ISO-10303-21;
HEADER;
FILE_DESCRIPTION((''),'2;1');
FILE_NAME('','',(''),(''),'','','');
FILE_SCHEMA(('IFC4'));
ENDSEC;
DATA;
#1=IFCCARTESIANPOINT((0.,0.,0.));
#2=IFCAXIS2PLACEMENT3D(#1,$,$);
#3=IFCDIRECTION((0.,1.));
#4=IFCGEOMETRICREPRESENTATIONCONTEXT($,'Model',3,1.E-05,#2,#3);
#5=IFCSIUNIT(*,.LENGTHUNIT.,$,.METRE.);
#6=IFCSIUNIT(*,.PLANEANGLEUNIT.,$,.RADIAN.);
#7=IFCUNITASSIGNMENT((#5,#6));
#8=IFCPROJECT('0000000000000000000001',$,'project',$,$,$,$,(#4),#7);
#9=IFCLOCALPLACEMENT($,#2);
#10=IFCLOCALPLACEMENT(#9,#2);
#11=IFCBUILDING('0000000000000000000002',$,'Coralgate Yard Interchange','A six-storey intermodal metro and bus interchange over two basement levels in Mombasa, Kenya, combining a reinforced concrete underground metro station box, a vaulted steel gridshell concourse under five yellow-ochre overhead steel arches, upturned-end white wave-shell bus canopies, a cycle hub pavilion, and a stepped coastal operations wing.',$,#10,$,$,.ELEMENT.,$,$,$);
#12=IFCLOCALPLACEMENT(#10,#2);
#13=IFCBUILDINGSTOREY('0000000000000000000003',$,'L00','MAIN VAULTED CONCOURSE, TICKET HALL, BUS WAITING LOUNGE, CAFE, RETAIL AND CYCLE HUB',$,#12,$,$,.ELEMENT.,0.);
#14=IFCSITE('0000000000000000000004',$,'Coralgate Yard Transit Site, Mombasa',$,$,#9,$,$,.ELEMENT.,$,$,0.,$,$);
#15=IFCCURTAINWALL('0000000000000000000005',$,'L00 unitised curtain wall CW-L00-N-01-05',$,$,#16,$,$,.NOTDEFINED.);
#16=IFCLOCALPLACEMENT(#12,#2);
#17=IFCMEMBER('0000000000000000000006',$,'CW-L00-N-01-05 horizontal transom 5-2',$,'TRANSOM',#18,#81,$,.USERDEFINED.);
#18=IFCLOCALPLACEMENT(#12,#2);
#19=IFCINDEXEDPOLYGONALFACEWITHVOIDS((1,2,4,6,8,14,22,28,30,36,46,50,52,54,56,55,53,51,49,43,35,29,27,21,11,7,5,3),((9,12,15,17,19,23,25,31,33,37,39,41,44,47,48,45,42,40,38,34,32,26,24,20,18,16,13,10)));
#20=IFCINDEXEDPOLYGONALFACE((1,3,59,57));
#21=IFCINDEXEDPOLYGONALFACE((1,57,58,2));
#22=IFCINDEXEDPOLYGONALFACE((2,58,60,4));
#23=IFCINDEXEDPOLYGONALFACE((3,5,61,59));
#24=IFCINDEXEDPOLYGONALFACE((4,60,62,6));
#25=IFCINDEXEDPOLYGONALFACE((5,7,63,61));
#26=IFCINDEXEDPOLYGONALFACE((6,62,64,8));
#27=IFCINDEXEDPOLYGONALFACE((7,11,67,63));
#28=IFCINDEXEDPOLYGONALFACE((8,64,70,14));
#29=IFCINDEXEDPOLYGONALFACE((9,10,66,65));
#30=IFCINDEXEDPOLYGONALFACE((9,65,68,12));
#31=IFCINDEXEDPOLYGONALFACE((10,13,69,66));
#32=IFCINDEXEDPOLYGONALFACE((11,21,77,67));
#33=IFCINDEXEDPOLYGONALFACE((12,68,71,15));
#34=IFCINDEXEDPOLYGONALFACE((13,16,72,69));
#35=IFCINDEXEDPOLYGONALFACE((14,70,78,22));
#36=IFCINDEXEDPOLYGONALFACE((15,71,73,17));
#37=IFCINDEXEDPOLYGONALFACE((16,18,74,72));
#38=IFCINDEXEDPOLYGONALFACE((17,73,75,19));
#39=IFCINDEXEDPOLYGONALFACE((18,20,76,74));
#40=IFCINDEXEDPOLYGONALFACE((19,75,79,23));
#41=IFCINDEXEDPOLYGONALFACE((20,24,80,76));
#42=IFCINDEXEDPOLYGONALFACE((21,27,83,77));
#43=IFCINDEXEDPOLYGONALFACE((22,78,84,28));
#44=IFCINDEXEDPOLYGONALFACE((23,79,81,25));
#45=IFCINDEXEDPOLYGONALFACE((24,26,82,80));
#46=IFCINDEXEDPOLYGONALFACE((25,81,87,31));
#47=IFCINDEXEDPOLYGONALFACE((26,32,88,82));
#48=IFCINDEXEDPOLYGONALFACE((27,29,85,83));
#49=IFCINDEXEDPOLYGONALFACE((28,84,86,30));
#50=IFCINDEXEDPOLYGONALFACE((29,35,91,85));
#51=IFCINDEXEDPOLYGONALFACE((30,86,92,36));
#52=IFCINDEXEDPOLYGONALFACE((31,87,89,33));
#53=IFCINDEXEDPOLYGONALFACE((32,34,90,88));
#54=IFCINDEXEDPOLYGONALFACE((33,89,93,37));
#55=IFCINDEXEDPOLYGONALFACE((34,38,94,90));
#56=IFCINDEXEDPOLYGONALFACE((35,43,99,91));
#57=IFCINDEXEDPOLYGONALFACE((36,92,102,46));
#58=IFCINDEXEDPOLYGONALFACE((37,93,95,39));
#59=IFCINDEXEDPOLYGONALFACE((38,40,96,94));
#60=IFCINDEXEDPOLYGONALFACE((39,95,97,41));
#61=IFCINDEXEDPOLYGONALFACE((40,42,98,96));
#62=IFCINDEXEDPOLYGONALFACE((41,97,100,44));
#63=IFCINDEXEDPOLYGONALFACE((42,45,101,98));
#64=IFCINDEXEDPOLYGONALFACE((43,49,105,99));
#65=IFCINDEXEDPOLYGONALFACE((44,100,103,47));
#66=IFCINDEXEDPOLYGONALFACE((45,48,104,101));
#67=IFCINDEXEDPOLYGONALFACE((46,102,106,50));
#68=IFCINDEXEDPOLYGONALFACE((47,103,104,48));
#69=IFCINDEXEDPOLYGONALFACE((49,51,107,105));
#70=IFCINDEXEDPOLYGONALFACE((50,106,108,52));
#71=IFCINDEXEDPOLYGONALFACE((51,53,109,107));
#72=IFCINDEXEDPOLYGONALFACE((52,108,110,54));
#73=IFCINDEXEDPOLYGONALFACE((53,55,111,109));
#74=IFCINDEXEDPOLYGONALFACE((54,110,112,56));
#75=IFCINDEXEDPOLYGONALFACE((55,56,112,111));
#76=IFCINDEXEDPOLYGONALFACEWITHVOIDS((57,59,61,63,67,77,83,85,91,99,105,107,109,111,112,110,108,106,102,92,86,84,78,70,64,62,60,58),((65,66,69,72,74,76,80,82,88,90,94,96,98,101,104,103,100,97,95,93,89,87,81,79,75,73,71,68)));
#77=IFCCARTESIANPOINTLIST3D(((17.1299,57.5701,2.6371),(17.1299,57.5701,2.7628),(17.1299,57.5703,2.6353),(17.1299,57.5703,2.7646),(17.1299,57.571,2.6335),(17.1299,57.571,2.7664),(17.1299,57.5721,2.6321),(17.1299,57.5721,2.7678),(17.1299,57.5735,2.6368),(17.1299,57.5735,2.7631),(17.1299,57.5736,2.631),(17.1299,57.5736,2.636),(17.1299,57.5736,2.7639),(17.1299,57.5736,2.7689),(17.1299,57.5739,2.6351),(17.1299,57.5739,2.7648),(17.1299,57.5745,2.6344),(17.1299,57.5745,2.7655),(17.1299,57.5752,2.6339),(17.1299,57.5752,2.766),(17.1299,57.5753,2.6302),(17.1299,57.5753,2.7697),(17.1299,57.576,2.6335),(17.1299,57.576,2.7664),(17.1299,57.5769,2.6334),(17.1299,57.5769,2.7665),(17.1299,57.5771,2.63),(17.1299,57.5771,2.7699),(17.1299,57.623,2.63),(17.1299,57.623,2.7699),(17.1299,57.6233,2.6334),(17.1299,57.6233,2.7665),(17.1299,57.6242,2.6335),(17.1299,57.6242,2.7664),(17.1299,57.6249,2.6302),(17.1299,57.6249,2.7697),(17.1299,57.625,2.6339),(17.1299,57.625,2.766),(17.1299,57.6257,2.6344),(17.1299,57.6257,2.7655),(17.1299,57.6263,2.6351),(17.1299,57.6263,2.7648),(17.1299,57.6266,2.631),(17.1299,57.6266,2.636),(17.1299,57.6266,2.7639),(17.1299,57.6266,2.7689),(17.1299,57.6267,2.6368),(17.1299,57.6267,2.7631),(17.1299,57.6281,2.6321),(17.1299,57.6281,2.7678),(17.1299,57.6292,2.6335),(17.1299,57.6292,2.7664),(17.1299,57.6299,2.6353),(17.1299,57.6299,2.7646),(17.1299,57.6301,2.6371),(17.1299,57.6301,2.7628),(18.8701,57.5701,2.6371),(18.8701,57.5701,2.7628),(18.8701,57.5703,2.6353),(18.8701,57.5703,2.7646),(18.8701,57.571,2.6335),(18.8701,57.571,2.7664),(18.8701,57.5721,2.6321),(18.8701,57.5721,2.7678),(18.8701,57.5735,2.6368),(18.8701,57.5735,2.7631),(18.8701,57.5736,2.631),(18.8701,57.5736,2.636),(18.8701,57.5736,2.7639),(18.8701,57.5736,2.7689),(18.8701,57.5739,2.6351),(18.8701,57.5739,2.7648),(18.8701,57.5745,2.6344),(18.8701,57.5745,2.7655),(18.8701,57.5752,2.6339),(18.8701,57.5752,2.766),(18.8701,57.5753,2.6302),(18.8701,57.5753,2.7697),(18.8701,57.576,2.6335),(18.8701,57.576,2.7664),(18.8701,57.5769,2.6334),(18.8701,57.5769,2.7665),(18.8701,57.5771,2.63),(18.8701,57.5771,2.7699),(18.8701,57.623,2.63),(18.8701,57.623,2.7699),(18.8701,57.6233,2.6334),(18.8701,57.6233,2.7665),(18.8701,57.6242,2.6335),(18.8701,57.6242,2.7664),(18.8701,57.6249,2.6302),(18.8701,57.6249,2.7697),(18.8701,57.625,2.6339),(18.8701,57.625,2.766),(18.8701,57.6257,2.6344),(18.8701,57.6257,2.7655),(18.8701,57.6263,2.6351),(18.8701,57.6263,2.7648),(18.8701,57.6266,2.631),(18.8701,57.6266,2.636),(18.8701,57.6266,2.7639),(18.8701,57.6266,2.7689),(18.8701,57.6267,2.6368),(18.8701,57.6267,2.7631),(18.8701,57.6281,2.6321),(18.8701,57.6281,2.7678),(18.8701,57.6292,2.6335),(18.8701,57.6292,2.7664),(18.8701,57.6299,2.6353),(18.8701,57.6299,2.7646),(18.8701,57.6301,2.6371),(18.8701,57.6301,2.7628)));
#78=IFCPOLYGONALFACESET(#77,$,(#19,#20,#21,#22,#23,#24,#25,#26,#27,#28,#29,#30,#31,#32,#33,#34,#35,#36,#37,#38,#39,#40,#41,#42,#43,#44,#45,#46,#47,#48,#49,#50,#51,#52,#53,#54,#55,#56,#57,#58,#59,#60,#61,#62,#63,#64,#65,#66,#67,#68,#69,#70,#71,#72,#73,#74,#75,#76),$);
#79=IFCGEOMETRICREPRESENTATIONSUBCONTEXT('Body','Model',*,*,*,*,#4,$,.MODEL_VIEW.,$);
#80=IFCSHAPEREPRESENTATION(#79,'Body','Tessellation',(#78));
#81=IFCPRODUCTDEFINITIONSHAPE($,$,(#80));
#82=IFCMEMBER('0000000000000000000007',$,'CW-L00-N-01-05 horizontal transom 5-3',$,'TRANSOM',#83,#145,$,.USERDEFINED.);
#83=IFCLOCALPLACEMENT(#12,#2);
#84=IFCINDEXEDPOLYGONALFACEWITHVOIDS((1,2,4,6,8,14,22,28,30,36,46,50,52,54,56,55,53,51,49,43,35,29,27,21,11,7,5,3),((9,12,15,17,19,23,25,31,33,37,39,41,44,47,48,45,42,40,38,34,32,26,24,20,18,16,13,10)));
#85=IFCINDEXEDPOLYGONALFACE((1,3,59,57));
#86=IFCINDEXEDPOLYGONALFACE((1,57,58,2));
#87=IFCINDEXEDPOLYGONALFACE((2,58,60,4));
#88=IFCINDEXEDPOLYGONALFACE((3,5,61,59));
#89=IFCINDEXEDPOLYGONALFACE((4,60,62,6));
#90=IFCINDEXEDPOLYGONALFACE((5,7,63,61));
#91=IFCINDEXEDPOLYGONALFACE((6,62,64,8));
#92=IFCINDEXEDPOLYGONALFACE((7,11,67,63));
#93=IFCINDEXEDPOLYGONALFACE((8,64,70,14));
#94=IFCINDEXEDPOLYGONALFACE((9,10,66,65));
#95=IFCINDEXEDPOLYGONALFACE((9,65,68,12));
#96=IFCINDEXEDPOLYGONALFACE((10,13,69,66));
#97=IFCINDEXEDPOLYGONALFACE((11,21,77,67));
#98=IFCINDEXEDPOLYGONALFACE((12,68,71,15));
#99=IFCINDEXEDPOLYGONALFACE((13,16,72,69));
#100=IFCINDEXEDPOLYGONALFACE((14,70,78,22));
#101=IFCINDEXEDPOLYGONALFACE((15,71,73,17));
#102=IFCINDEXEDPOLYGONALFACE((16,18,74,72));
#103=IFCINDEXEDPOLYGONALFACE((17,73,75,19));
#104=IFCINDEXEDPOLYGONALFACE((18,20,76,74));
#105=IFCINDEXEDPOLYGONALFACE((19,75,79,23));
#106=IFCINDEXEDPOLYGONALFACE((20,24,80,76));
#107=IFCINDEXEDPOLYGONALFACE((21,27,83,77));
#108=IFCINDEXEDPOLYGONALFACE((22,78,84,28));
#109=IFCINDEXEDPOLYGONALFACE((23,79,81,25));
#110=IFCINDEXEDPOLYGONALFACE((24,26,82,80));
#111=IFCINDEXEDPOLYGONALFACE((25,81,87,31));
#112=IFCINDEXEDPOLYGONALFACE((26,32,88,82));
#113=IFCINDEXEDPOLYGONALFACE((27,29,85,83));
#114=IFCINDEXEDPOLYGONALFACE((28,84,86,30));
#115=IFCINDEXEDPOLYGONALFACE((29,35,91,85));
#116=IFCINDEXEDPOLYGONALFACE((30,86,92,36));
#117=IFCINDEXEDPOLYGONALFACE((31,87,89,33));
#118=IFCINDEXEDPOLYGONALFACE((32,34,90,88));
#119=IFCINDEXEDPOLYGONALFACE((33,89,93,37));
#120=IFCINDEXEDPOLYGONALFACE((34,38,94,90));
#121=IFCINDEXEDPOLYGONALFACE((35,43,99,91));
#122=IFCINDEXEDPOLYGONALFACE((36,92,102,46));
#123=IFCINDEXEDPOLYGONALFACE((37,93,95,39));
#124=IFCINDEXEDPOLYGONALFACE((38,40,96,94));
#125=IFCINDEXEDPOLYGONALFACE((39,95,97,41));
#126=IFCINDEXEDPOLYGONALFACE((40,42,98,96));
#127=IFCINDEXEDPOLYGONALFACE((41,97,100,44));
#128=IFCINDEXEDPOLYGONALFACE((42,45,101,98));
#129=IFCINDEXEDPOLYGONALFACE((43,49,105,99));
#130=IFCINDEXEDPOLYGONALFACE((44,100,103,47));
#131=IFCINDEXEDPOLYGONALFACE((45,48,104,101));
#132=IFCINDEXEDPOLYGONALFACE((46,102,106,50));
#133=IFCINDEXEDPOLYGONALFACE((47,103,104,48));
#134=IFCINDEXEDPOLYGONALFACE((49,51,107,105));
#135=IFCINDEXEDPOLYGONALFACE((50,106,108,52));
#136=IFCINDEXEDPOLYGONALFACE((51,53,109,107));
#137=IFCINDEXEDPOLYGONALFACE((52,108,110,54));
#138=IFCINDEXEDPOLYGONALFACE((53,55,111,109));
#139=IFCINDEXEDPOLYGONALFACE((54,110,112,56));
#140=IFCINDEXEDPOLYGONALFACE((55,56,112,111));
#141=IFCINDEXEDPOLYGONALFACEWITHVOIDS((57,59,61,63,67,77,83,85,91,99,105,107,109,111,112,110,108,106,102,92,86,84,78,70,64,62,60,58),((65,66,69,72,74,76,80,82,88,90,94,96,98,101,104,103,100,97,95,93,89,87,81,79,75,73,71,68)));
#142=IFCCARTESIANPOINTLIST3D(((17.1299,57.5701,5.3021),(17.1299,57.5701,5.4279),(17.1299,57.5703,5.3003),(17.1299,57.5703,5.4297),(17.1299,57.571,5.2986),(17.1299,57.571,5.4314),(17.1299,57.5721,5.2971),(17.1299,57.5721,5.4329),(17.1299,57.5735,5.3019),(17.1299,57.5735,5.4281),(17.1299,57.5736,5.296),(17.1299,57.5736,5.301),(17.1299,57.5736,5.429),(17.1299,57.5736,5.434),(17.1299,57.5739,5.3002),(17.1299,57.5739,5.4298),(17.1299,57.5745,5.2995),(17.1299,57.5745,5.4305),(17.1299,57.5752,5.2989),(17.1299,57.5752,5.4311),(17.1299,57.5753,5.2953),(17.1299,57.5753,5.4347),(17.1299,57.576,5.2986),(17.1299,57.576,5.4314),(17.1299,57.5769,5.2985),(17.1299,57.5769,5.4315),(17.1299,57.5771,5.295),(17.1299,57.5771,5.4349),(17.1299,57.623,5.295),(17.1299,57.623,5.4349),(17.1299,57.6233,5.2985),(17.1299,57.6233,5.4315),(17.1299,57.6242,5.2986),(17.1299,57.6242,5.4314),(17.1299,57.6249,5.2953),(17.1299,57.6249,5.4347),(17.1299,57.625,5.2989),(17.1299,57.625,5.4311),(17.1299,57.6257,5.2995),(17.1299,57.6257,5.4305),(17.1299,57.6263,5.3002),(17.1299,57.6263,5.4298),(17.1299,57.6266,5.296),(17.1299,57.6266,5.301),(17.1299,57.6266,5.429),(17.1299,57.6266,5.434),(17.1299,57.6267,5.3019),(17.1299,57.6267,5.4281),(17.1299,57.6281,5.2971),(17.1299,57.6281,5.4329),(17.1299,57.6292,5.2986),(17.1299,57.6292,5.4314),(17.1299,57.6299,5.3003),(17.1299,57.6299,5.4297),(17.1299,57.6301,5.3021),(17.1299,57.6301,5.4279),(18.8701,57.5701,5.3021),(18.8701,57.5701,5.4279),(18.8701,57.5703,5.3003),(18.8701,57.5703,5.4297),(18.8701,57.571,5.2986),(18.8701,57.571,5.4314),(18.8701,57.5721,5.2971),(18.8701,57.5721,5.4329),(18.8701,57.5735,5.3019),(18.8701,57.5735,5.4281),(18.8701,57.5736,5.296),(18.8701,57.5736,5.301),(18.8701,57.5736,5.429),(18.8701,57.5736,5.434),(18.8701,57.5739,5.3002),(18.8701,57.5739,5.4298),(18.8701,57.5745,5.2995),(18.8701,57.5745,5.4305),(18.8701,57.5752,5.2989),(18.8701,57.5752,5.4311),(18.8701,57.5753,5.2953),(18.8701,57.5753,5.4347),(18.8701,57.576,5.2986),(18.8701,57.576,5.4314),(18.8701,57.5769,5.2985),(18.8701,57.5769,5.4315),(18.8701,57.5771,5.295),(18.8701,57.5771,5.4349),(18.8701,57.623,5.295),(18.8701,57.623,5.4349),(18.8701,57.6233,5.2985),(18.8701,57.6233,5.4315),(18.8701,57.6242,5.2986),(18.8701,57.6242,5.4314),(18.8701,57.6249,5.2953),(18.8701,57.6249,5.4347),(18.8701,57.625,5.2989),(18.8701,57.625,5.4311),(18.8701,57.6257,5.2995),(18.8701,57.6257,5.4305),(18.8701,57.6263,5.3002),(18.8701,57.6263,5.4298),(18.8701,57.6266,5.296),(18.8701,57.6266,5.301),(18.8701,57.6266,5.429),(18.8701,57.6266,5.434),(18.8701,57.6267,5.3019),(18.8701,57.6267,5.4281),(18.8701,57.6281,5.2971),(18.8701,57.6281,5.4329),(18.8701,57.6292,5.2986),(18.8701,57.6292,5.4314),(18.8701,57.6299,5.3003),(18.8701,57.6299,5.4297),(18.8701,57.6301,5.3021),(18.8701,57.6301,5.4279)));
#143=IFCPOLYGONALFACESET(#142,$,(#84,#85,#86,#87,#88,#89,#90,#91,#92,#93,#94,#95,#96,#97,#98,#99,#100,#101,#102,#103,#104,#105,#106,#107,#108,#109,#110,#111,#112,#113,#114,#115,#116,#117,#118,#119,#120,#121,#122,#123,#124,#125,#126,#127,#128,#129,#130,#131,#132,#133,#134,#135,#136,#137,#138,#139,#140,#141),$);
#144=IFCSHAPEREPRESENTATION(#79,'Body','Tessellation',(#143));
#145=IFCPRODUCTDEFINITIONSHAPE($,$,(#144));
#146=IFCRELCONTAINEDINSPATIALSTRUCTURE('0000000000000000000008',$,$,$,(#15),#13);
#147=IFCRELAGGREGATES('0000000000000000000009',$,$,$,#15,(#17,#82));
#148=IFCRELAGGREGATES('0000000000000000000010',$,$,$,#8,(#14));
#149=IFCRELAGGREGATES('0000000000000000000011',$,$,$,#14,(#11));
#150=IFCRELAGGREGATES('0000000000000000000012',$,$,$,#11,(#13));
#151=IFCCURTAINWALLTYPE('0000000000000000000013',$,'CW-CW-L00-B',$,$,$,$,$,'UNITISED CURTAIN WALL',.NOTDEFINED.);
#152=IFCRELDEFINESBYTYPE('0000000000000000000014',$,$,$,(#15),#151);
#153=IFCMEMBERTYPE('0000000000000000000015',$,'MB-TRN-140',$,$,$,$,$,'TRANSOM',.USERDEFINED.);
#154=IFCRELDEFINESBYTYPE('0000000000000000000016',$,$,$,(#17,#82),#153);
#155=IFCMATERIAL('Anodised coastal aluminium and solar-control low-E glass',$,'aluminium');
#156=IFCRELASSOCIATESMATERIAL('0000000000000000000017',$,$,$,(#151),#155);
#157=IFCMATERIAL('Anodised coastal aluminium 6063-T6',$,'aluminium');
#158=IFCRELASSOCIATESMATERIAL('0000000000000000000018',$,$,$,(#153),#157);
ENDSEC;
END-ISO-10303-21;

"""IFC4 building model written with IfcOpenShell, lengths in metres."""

from ifc_helpers import new_model, si_unit, direction, frame, origin, origin_2d, place, context, subcontext, project, spatial, hollow_rectangle, extrude, material, material_profile, profile_set, type_object, element, aggregate, save


model = new_model("IFC4")

# Units and contexts
model_context = context("Model", 3, precision=1e-05, world=origin(), true_north=direction((0.0, 1.0)))
body_context = subcontext(model_context, "Body", "Model", "MODEL_VIEW")
ifc_project = project(units=[si_unit("LENGTHUNIT", "METRE"), si_unit("PLANEANGLEUNIT", "RADIAN")], contexts=[model_context])

# Site, building, storey
site_placement = place(None, origin())
site = spatial("IfcSite", under=ifc_project, at=site_placement, Name="Coralgate Yard Transit Site, Mombasa", CompositionType="ELEMENT", RefElevation=0.0)
building_placement = place(site_placement, origin())
building = spatial("IfcBuilding", under=site, at=building_placement, Name="Coralgate Yard Interchange", Description="A six-storey intermodal metro and bus interchange over two basement levels in Mombasa, Kenya, combining a reinforced concrete underground metro station box, a vaulted steel gridshell concourse under five yellow-ochre overhead steel arches, upturned-end white wave-shell bus canopies, a cycle hub pavilion, and a stepped coastal operations wing.", CompositionType="ELEMENT")
storey_placement = place(building_placement, origin())
storey = spatial("IfcBuildingStorey", under=building, at=storey_placement, Name="L00", Description="MAIN VAULTED CONCOURSE, TICKET HALL, BUS WAITING LOUNGE, CAFE, RETAIL AND CYCLE HUB", CompositionType="ELEMENT", Elevation=0.0)

# Curtain wall
ifc_material_1 = material(Name="Anodised coastal aluminium and solar-control low-E glass", Category="aluminium")
curtain_wall_type = type_object("IfcCurtainWallType", Name="CW-CW-L00-B", ElementType="UNITISED CURTAIN WALL", PredefinedType="NOTDEFINED", material=ifc_material_1)
curtain_wall_1_placement = place(storey_placement, origin())
curtain_wall_1 = element("IfcCurtainWall", 1, at=curtain_wall_1_placement, inside=storey, type_object=curtain_wall_type, Name="L00 unitised curtain wall CW-L00-N-01-05", PredefinedType="NOTDEFINED")
ifc_material_2 = material(Name="Anodised coastal aluminium 6063-T6", Category="aluminium")

# Members
ifc_material_profile_1 = material_profile(ifc_material_2, hollow_rectangle(XDim=0.0601, YDim=0.1399, WallThickness=0.0034, InnerFilletRadius=0.0034, OuterFilletRadius=0.0071, at=origin_2d()), Name="ALU 60x140x3.5")
ifc_profile_set_1 = profile_set([ifc_material_profile_1], Name="Anodised coastal aluminium 6063-T6")
member_type_1 = type_object("IfcMemberType", Name="MB-TRN-140", ElementType="TRANSOM", PredefinedType="USERDEFINED", material=ifc_profile_set_1)
member_1_placement = place(storey_placement, frame((17.1299, 57.6001, 2.7), z_axis=(1.0, 0.0, 0.0), x_axis=(0.0, 1.0, 0.0)))
member_1 = element("IfcMember", 2, at=member_1_placement, type_object=member_type_1, Name="CW-L00-N-01-05 horizontal transom 5-2", ObjectType="TRANSOM", PredefinedType="USERDEFINED", context=body_context, shape_type="SweptSolid", body=[
    extrude(hollow_rectangle(XDim=0.0601, YDim=0.1399, WallThickness=0.0034, InnerFilletRadius=0.0034, OuterFilletRadius=0.0071, at=origin_2d()), origin(), (0.0, 0.0, 1.0), 1.7402),
])
member_2_placement = place(storey_placement, frame((17.1299, 57.6001, 5.365), z_axis=(1.0, 0.0, 0.0), x_axis=(0.0, 1.0, 0.0)))
member_2 = element("IfcMember", 3, at=member_2_placement, type_object=member_type_1, Name="CW-L00-N-01-05 horizontal transom 5-3", ObjectType="TRANSOM", PredefinedType="USERDEFINED", context=body_context, shape_type="SweptSolid", body=[
    extrude(hollow_rectangle(XDim=0.0601, YDim=0.1399, WallThickness=0.0034, InnerFilletRadius=0.0034, OuterFilletRadius=0.0071, at=origin_2d()), origin(), (0.0, 0.0, 1.0), 1.7402),
])

aggregate(curtain_wall_1, [member_1, member_2])

save(model, "model.ifc")
